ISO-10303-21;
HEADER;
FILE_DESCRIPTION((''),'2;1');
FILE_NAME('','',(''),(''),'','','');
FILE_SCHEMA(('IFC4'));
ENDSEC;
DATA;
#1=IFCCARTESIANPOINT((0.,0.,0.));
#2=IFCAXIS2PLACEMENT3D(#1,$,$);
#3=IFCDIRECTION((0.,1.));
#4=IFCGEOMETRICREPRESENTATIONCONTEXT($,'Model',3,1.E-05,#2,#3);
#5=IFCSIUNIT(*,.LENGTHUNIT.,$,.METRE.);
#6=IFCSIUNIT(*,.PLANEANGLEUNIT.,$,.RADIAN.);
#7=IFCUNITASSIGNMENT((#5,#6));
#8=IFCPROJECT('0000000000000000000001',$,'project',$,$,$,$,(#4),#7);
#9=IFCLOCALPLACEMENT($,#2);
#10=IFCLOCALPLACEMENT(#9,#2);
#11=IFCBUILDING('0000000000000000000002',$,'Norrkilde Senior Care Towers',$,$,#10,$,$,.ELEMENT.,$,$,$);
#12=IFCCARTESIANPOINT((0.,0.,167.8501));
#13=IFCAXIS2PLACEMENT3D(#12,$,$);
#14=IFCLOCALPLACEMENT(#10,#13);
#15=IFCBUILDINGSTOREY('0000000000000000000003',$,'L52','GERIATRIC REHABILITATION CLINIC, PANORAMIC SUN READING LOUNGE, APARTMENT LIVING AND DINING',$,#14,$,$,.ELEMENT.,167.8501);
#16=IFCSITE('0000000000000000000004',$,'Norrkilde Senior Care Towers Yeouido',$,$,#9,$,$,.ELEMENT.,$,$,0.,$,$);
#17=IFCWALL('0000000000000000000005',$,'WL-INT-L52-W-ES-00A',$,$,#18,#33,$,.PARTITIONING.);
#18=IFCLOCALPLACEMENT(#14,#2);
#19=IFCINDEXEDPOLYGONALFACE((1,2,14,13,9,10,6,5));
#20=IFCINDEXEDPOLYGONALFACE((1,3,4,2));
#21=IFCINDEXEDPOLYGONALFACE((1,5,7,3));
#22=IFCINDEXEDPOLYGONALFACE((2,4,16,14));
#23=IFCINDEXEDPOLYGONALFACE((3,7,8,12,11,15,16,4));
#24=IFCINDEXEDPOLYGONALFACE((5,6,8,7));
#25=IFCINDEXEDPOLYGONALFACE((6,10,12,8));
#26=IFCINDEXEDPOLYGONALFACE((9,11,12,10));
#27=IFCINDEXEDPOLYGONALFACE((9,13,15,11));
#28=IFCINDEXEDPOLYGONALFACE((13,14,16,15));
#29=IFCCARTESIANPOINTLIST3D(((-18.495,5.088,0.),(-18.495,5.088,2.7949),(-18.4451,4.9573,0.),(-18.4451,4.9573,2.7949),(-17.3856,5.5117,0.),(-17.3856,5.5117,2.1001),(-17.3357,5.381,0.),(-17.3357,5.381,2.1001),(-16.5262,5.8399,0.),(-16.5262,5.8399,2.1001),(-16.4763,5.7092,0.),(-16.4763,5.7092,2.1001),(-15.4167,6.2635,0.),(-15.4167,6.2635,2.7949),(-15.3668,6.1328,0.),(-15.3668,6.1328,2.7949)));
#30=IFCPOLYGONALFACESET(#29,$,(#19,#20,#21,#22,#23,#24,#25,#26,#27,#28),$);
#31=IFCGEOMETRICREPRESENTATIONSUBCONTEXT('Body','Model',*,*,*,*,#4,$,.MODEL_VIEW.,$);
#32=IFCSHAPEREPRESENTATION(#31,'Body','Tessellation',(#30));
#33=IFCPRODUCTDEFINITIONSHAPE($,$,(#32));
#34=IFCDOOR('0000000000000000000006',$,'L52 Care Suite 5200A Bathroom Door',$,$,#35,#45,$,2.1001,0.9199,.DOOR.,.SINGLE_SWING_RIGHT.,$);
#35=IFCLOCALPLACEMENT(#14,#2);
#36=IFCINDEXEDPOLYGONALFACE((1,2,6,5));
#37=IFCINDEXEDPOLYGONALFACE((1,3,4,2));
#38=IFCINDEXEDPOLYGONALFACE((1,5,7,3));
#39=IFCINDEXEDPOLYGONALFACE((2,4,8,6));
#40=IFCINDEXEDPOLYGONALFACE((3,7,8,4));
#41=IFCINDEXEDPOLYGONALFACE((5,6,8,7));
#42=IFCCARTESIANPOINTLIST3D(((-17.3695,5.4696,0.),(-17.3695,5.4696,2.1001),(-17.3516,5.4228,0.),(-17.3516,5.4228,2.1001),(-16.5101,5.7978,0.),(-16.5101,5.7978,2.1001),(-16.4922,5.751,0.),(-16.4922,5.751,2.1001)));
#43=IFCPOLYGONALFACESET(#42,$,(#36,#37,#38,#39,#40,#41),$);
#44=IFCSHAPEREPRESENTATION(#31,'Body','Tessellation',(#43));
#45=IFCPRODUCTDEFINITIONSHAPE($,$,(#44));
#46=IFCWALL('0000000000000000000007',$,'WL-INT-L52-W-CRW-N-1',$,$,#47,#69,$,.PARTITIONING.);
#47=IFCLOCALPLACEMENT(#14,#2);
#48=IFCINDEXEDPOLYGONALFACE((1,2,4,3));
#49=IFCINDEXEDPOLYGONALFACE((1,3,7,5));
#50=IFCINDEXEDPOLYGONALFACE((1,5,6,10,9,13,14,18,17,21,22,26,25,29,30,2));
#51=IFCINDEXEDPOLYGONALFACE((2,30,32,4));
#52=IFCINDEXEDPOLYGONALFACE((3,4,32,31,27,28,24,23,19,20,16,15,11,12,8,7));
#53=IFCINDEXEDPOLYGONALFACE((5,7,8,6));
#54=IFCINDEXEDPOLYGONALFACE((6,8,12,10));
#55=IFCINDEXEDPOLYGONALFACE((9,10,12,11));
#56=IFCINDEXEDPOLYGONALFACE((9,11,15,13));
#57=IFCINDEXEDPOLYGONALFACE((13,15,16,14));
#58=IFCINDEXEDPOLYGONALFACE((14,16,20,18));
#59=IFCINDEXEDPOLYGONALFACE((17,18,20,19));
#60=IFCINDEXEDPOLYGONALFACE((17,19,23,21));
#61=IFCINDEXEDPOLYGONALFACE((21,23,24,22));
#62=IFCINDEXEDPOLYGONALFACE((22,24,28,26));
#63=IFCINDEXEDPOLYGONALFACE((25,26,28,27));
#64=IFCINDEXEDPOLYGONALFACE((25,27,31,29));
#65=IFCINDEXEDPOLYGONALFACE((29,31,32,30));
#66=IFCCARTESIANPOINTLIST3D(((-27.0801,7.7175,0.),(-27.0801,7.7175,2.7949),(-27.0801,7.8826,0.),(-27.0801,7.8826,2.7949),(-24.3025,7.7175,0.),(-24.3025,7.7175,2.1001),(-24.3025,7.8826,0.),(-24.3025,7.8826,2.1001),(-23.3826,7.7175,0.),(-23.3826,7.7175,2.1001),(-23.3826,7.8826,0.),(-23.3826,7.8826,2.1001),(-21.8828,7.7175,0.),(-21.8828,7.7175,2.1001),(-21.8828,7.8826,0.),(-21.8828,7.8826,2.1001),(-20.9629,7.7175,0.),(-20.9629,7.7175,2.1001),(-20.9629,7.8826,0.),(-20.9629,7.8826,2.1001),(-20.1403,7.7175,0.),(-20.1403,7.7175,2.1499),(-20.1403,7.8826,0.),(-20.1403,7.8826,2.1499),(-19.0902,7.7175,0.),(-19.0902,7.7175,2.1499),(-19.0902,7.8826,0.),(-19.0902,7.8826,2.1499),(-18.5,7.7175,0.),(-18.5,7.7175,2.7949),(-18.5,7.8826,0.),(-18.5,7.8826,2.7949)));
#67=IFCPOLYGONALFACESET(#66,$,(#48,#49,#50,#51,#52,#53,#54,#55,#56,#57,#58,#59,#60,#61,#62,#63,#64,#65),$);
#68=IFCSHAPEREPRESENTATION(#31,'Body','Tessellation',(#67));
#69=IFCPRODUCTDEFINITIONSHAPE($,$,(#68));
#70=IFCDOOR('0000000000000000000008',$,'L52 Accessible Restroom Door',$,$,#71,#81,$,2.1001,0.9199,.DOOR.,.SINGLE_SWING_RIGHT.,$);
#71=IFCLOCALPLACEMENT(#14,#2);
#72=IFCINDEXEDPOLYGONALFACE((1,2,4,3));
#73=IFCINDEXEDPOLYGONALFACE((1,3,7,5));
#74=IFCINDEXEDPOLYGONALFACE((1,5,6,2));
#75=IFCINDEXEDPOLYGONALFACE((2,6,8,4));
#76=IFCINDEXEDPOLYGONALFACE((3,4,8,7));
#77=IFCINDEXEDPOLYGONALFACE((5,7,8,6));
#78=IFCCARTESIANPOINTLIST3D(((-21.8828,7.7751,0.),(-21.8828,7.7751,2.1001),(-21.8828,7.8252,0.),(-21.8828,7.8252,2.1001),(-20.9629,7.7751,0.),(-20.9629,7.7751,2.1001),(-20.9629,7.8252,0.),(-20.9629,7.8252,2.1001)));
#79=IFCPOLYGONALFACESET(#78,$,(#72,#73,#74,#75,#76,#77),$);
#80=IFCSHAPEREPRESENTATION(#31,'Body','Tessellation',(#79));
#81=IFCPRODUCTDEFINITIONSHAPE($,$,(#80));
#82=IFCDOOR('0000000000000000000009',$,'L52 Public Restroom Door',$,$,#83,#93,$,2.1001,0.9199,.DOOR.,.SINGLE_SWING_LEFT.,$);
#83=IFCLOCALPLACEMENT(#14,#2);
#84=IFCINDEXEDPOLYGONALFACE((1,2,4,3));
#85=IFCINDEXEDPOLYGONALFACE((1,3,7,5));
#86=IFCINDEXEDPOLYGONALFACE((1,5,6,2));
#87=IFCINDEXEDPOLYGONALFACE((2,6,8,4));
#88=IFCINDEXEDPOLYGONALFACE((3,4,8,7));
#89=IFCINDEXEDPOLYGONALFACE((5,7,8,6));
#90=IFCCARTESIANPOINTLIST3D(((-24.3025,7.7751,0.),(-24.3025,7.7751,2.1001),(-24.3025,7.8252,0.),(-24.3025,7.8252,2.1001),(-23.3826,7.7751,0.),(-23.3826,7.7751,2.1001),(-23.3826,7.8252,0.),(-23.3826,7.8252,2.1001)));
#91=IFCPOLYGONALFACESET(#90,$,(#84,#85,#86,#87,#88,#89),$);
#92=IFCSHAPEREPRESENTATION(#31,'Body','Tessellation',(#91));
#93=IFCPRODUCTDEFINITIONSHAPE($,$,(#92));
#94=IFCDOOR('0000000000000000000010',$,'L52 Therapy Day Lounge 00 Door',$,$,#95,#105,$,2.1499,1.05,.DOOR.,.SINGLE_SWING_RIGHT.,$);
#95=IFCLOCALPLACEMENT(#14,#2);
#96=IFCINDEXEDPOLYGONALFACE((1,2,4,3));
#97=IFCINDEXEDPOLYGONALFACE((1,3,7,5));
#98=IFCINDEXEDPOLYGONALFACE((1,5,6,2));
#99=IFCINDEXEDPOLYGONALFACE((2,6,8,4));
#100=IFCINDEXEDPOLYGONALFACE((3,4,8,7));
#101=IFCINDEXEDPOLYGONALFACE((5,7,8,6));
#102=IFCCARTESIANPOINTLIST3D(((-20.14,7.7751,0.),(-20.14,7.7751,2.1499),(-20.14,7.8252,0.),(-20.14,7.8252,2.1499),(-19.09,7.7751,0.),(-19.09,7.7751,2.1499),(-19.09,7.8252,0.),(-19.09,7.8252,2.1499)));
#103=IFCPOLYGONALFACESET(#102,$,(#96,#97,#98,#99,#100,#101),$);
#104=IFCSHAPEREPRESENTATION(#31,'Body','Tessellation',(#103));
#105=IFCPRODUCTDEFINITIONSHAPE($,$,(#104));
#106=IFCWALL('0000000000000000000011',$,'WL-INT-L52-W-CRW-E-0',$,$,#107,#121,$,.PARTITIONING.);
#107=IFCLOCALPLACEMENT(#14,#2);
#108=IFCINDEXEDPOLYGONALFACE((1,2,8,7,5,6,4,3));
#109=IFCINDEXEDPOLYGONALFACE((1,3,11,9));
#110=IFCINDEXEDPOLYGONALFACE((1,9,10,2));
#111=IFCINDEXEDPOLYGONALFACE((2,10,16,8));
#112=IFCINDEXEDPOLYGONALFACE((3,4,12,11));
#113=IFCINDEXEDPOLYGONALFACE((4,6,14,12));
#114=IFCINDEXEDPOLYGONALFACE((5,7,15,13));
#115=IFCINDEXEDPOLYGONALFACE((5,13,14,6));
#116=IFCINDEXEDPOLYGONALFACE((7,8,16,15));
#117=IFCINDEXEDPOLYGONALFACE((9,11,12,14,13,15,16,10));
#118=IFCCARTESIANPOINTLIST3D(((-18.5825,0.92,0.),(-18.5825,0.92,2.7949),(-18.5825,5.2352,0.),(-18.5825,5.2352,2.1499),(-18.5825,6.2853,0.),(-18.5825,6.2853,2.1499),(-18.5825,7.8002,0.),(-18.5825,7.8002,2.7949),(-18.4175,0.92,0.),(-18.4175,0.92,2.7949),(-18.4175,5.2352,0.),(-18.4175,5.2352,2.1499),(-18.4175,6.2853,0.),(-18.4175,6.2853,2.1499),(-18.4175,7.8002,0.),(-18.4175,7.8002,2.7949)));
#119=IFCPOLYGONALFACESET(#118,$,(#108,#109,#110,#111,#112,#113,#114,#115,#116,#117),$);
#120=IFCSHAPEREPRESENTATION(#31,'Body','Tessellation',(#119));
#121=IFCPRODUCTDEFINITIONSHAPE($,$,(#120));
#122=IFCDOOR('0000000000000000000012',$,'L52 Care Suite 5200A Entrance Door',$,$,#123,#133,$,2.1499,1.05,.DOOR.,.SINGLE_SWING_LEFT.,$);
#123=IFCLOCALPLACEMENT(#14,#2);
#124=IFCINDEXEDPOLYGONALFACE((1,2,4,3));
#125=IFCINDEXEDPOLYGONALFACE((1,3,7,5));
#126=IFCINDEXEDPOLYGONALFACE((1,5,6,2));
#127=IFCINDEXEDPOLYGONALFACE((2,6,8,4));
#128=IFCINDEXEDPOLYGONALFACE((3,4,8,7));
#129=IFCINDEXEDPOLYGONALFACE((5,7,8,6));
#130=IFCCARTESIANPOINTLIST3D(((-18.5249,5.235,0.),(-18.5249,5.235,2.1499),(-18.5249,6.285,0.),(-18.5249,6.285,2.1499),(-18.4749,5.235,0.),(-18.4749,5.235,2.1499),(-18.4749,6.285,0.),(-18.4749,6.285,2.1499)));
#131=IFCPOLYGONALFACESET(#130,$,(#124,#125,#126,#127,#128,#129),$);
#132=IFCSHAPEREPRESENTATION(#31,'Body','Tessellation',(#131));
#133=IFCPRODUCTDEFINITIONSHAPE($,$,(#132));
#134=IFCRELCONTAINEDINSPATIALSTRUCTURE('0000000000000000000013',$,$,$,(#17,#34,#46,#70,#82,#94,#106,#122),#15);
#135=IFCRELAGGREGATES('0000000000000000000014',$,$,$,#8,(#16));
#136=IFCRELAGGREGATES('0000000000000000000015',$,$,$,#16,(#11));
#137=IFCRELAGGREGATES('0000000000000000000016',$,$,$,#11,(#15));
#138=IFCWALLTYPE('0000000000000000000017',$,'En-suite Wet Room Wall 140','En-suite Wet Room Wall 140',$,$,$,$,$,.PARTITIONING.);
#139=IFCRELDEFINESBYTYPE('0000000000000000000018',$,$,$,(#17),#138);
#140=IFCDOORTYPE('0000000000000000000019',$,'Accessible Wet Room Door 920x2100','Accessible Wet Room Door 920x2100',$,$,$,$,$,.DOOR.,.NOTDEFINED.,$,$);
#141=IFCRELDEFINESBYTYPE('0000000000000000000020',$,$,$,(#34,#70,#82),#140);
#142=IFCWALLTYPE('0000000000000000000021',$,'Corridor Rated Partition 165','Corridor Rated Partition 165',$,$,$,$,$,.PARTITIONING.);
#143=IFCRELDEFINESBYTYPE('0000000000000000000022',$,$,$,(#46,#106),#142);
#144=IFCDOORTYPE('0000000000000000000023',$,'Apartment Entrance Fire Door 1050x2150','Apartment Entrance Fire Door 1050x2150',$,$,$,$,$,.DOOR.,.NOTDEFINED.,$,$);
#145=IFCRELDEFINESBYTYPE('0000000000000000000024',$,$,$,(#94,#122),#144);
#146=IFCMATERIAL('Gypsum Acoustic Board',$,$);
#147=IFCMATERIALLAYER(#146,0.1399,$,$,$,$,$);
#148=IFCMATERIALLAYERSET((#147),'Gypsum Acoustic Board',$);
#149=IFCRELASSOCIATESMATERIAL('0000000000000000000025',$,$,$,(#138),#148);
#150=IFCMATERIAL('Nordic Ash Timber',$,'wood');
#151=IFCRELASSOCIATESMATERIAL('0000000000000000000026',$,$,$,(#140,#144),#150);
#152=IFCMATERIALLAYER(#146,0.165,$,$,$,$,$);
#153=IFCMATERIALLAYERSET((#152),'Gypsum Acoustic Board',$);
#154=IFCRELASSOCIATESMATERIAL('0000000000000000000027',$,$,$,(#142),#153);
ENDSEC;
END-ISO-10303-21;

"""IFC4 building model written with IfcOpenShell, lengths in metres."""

from ifc_helpers import new_model, si_unit, direction, frame, frame_2d, origin, place, context, subcontext, project, spatial, rectangle, extrude, source, transform, mapped, material, layer, layer_set, type_object, type_shapes, element, fill, save


model = new_model("IFC4")

# Units and contexts
model_context = context("Model", 3, precision=1e-05, world=origin(), true_north=direction((0.0, 1.0)))
body_context = subcontext(model_context, "Body", "Model", "MODEL_VIEW")
ifc_project = project(units=[si_unit("LENGTHUNIT", "METRE"), si_unit("PLANEANGLEUNIT", "RADIAN")], contexts=[model_context])

# Site, building, storey
site_placement = place(None, origin())
site = spatial("IfcSite", under=ifc_project, at=site_placement, Name="Norrkilde Senior Care Towers Yeouido", CompositionType="ELEMENT", RefElevation=0.0)
building_placement = place(site_placement, origin())
building = spatial("IfcBuilding", under=site, at=building_placement, Name="Norrkilde Senior Care Towers", CompositionType="ELEMENT")
storey_placement = place(building_placement, frame((0.0, 0.0, 167.8501)))
storey = spatial("IfcBuildingStorey", under=building, at=storey_placement, Name="L52", Description="GERIATRIC REHABILITATION CLINIC, PANORAMIC SUN READING LOUNGE, APARTMENT LIVING AND DINING", CompositionType="ELEMENT", Elevation=167.8501)

# Wall, opening, door
ifc_material_1 = material(Name="Gypsum Acoustic Board")
ifc_layer_1 = layer(ifc_material_1, 0.1399)
ifc_layer_set_1 = layer_set([ifc_layer_1], Name="Gypsum Acoustic Board")
wall_type_1 = type_object("IfcWallType", Name="En-suite Wet Room Wall 140", Description="En-suite Wet Room Wall 140", PredefinedType="PARTITIONING", material=ifc_layer_set_1)
shared_shape_1 = source(origin(), body_context, "Body", "SweptSolid", [
    extrude(rectangle(XDim=3.2952, YDim=0.1399, at=frame_2d((1.6475, 0.0))), origin(), (0.0, 0.0, 1.0), 2.7949),
])
wall_1_placement = place(storey_placement, frame((-18.47, 5.0227, 0.0), z_axis=(0.0, 0.0, 1.0), x_axis=(0.934202, 0.356744, 0.0)))
wall_1 = element("IfcWall", 1, at=wall_1_placement, inside=storey, type_object=wall_type_1, Name="WL-INT-L52-W-ES-00A", PredefinedType="PARTITIONING", context=body_context, shape_type="MappedRepresentation", body=[
    mapped(shared_shape_1, transform((0.0, 0.0, 0.0), x_axis=(1.0, 0.0, 0.0), y_axis=(0.0, 1.0, 0.0), z_axis=(0.0, 0.0, 1.0), scale=1.0)),
])
opening_1_placement = place(wall_1_placement, frame((1.1875, 0.0, 0.0)))
opening_1 = element("IfcOpeningElement", 2, at=opening_1_placement, cuts=wall_1, PredefinedType="OPENING", context=body_context, shape_type="SweptSolid", body=[
    extrude(rectangle(XDim=0.9199, YDim=2.1001, at=frame_2d((0.46, 1.05))), frame((0.0, 0.0798, 0.0), z_axis=(0.0, -1.0, 0.0), x_axis=(1.0, 0.0, 0.0)), (0.0, 0.0, 1.0), 0.1599),
])
ifc_material_2 = material(Name="Nordic Ash Timber", Category="wood")
door_type_1 = type_object("IfcDoorType", Name="Accessible Wet Room Door 920x2100", Description="Accessible Wet Room Door 920x2100", OperationType="NOTDEFINED", PredefinedType="DOOR", material=ifc_material_2)
shared_shape_2 = source(origin(), body_context, "Body", "SweptSolid", [
    extrude(rectangle(XDim=0.9199, YDim=2.1001, at=frame_2d((0.46, 1.05))), frame((0.0, 0.0249, 0.0), z_axis=(0.0, -1.0, 0.0), x_axis=(1.0, 0.0, 0.0)), (0.0, 0.0, 1.0), 0.05),
])
type_shapes(door_type_1, [shared_shape_2])
door_1_placement = place(opening_1_placement, origin())
door_1 = element("IfcDoor", 3, at=door_1_placement, inside=storey, type_object=door_type_1, Name="L52 Care Suite 5200A Bathroom Door", OperationType="SINGLE_SWING_RIGHT", OverallHeight=2.1001, OverallWidth=0.9199, PredefinedType="DOOR", context=body_context, shape_type="MappedRepresentation", body=[
    mapped(shared_shape_2, transform((0.0, 0.0, 0.0), x_axis=(1.0, 0.0, 0.0), y_axis=(0.0, 1.0, 0.0), z_axis=(0.0, 0.0, 1.0), scale=1.0)),
])
fill(opening_1, door_1)

# Wall, openings, doors
ifc_layer_2 = layer(ifc_material_1, 0.165)
ifc_layer_set_2 = layer_set([ifc_layer_2], Name="Gypsum Acoustic Board")
wall_type_2 = type_object("IfcWallType", Name="Corridor Rated Partition 165", Description="Corridor Rated Partition 165", PredefinedType="PARTITIONING", material=ifc_layer_set_2)
shared_shape_3 = source(origin(), body_context, "Body", "SweptSolid", [
    extrude(rectangle(XDim=8.5801, YDim=0.165, at=frame_2d((4.29, 0.0))), origin(), (0.0, 0.0, 1.0), 2.7949),
])
wall_2_placement = place(storey_placement, frame((-27.0801, 7.8, 0.0), z_axis=(0.0, 0.0, 1.0), x_axis=(1.0, 0.0, 0.0)))
wall_2 = element("IfcWall", 4, at=wall_2_placement, inside=storey, type_object=wall_type_2, Name="WL-INT-L52-W-CRW-N-1", PredefinedType="PARTITIONING", context=body_context, shape_type="MappedRepresentation", body=[
    mapped(shared_shape_3, transform((0.0, 0.0, 0.0), x_axis=(1.0, 0.0, 0.0), y_axis=(0.0, 1.0, 0.0), z_axis=(0.0, 0.0, 1.0), scale=1.0)),
])
opening_2_placement = place(wall_2_placement, frame((6.9399, 0.0, 0.0)))
opening_2 = element("IfcOpeningElement", 5, at=opening_2_placement, cuts=wall_2, PredefinedType="OPENING", context=body_context, shape_type="SweptSolid", body=[
    extrude(rectangle(XDim=1.05, YDim=2.1499, at=frame_2d((0.5249, 1.075))), frame((0.0, 0.0925, 0.0), z_axis=(0.0, -1.0, 0.0), x_axis=(1.0, 0.0, 0.0)), (0.0, 0.0, 1.0), 0.1851),
])
opening_3_placement = place(wall_2_placement, frame((5.1973, 0.0, 0.0)))
opening_3 = element("IfcOpeningElement", 6, at=opening_3_placement, cuts=wall_2, PredefinedType="OPENING", context=body_context, shape_type="SweptSolid", body=[
    extrude(rectangle(XDim=0.9199, YDim=2.1001, at=frame_2d((0.46, 1.05))), frame((0.0, 0.0925, 0.0), z_axis=(0.0, -1.0, 0.0), x_axis=(1.0, 0.0, 0.0)), (0.0, 0.0, 1.0), 0.1851),
])
opening_4_placement = place(wall_2_placement, frame((2.7776, 0.0, 0.0)))
opening_4 = element("IfcOpeningElement", 7, at=opening_4_placement, cuts=wall_2, PredefinedType="OPENING", context=body_context, shape_type="SweptSolid", body=[
    extrude(rectangle(XDim=0.9199, YDim=2.1001, at=frame_2d((0.46, 1.05))), frame((0.0, 0.0925, 0.0), z_axis=(0.0, -1.0, 0.0), x_axis=(1.0, 0.0, 0.0)), (0.0, 0.0, 1.0), 0.1851),
])
door_2_placement = place(opening_3_placement, frame((0.9199, 0.0, 0.0), z_axis=(0.0, 0.0, 1.0), x_axis=(-1.0, 0.0, 0.0)))
door_2 = element("IfcDoor", 8, at=door_2_placement, inside=storey, type_object=door_type_1, Name="L52 Accessible Restroom Door", OperationType="SINGLE_SWING_RIGHT", OverallHeight=2.1001, OverallWidth=0.9199, PredefinedType="DOOR", context=body_context, shape_type="MappedRepresentation", body=[
    mapped(shared_shape_2, transform((0.0, 0.0, 0.0), x_axis=(1.0, 0.0, 0.0), y_axis=(0.0, 1.0, 0.0), z_axis=(0.0, 0.0, 1.0), scale=1.0)),
])
fill(opening_3, door_2)
door_3_placement = place(opening_4_placement, frame((0.9199, 0.0, 0.0), z_axis=(0.0, 0.0, 1.0), x_axis=(-1.0, 0.0, 0.0)))
door_3 = element("IfcDoor", 9, at=door_3_placement, inside=storey, type_object=door_type_1, Name="L52 Public Restroom Door", OperationType="SINGLE_SWING_LEFT", OverallHeight=2.1001, OverallWidth=0.9199, PredefinedType="DOOR", context=body_context, shape_type="MappedRepresentation", body=[
    mapped(shared_shape_2, transform((0.0, 0.0, 0.0), x_axis=(1.0, 0.0, 0.0), y_axis=(0.0, 1.0, 0.0), z_axis=(0.0, 0.0, 1.0), scale=1.0)),
])
fill(opening_4, door_3)
door_type_2 = type_object("IfcDoorType", Name="Apartment Entrance Fire Door 1050x2150", Description="Apartment Entrance Fire Door 1050x2150", OperationType="NOTDEFINED", PredefinedType="DOOR", material=ifc_material_2)
shared_shape_4 = source(origin(), body_context, "Body", "SweptSolid", [
    extrude(rectangle(XDim=1.05, YDim=2.1499, at=frame_2d((0.5249, 1.075))), frame((0.0, 0.0249, 0.0), z_axis=(0.0, -1.0, 0.0), x_axis=(1.0, 0.0, 0.0)), (0.0, 0.0, 1.0), 0.05),
])
type_shapes(door_type_2, [shared_shape_4])
door_4_placement = place(opening_2_placement, frame((1.05, 0.0, 0.0), z_axis=(0.0, 0.0, 1.0), x_axis=(-1.0, 0.0, 0.0)))
door_4 = element("IfcDoor", 10, at=door_4_placement, inside=storey, type_object=door_type_2, Name="L52 Therapy Day Lounge 00 Door", OperationType="SINGLE_SWING_RIGHT", OverallHeight=2.1499, OverallWidth=1.05, PredefinedType="DOOR", context=body_context, shape_type="MappedRepresentation", body=[
    mapped(shared_shape_4, transform((0.0, 0.0, 0.0), x_axis=(1.0, 0.0, 0.0), y_axis=(0.0, 1.0, 0.0), z_axis=(0.0, 0.0, 1.0), scale=1.0)),
])
fill(opening_2, door_4)

# Wall, opening, door
shared_shape_5 = source(origin(), body_context, "Body", "SweptSolid", [
    extrude(rectangle(XDim=6.8801, YDim=0.165, at=frame_2d((3.4399, 0.0))), origin(), (0.0, 0.0, 1.0), 2.7949),
])
wall_3_placement = place(storey_placement, frame((-18.5, 7.8, 0.0), z_axis=(0.0, 0.0, 1.0), x_axis=(0.0, -1.0, 0.0)))
wall_3 = element("IfcWall", 11, at=wall_3_placement, inside=storey, type_object=wall_type_2, Name="WL-INT-L52-W-CRW-E-0", PredefinedType="PARTITIONING", context=body_context, shape_type="MappedRepresentation", body=[
    mapped(shared_shape_5, transform((0.0, 0.0, 0.0), x_axis=(1.0, 0.0, 0.0), y_axis=(0.0, 1.0, 0.0), z_axis=(0.0, 0.0, 1.0), scale=1.0)),
])
opening_5_placement = place(wall_3_placement, frame((1.5149, 0.0, 0.0)))
opening_5 = element("IfcOpeningElement", 12, at=opening_5_placement, cuts=wall_3, PredefinedType="OPENING", context=body_context, shape_type="SweptSolid", body=[
    extrude(rectangle(XDim=1.05, YDim=2.1499, at=frame_2d((0.5249, 1.075))), frame((0.0, 0.0925, 0.0), z_axis=(0.0, -1.0, 0.0), x_axis=(1.0, 0.0, 0.0)), (0.0, 0.0, 1.0), 0.1851),
])
door_5_placement = place(opening_5_placement, frame((1.05, 0.0, 0.0), z_axis=(0.0, 0.0, 1.0), x_axis=(-1.0, 0.0, 0.0)))
door_5 = element("IfcDoor", 13, at=door_5_placement, inside=storey, type_object=door_type_2, Name="L52 Care Suite 5200A Entrance Door", OperationType="SINGLE_SWING_LEFT", OverallHeight=2.1499, OverallWidth=1.05, PredefinedType="DOOR", context=body_context, shape_type="MappedRepresentation", body=[
    mapped(shared_shape_4, transform((0.0, 0.0, 0.0), x_axis=(1.0, 0.0, 0.0), y_axis=(0.0, 1.0, 0.0), z_axis=(0.0, 0.0, 1.0), scale=1.0)),
])
fill(opening_5, door_5)

save(model, "model.ifc")
